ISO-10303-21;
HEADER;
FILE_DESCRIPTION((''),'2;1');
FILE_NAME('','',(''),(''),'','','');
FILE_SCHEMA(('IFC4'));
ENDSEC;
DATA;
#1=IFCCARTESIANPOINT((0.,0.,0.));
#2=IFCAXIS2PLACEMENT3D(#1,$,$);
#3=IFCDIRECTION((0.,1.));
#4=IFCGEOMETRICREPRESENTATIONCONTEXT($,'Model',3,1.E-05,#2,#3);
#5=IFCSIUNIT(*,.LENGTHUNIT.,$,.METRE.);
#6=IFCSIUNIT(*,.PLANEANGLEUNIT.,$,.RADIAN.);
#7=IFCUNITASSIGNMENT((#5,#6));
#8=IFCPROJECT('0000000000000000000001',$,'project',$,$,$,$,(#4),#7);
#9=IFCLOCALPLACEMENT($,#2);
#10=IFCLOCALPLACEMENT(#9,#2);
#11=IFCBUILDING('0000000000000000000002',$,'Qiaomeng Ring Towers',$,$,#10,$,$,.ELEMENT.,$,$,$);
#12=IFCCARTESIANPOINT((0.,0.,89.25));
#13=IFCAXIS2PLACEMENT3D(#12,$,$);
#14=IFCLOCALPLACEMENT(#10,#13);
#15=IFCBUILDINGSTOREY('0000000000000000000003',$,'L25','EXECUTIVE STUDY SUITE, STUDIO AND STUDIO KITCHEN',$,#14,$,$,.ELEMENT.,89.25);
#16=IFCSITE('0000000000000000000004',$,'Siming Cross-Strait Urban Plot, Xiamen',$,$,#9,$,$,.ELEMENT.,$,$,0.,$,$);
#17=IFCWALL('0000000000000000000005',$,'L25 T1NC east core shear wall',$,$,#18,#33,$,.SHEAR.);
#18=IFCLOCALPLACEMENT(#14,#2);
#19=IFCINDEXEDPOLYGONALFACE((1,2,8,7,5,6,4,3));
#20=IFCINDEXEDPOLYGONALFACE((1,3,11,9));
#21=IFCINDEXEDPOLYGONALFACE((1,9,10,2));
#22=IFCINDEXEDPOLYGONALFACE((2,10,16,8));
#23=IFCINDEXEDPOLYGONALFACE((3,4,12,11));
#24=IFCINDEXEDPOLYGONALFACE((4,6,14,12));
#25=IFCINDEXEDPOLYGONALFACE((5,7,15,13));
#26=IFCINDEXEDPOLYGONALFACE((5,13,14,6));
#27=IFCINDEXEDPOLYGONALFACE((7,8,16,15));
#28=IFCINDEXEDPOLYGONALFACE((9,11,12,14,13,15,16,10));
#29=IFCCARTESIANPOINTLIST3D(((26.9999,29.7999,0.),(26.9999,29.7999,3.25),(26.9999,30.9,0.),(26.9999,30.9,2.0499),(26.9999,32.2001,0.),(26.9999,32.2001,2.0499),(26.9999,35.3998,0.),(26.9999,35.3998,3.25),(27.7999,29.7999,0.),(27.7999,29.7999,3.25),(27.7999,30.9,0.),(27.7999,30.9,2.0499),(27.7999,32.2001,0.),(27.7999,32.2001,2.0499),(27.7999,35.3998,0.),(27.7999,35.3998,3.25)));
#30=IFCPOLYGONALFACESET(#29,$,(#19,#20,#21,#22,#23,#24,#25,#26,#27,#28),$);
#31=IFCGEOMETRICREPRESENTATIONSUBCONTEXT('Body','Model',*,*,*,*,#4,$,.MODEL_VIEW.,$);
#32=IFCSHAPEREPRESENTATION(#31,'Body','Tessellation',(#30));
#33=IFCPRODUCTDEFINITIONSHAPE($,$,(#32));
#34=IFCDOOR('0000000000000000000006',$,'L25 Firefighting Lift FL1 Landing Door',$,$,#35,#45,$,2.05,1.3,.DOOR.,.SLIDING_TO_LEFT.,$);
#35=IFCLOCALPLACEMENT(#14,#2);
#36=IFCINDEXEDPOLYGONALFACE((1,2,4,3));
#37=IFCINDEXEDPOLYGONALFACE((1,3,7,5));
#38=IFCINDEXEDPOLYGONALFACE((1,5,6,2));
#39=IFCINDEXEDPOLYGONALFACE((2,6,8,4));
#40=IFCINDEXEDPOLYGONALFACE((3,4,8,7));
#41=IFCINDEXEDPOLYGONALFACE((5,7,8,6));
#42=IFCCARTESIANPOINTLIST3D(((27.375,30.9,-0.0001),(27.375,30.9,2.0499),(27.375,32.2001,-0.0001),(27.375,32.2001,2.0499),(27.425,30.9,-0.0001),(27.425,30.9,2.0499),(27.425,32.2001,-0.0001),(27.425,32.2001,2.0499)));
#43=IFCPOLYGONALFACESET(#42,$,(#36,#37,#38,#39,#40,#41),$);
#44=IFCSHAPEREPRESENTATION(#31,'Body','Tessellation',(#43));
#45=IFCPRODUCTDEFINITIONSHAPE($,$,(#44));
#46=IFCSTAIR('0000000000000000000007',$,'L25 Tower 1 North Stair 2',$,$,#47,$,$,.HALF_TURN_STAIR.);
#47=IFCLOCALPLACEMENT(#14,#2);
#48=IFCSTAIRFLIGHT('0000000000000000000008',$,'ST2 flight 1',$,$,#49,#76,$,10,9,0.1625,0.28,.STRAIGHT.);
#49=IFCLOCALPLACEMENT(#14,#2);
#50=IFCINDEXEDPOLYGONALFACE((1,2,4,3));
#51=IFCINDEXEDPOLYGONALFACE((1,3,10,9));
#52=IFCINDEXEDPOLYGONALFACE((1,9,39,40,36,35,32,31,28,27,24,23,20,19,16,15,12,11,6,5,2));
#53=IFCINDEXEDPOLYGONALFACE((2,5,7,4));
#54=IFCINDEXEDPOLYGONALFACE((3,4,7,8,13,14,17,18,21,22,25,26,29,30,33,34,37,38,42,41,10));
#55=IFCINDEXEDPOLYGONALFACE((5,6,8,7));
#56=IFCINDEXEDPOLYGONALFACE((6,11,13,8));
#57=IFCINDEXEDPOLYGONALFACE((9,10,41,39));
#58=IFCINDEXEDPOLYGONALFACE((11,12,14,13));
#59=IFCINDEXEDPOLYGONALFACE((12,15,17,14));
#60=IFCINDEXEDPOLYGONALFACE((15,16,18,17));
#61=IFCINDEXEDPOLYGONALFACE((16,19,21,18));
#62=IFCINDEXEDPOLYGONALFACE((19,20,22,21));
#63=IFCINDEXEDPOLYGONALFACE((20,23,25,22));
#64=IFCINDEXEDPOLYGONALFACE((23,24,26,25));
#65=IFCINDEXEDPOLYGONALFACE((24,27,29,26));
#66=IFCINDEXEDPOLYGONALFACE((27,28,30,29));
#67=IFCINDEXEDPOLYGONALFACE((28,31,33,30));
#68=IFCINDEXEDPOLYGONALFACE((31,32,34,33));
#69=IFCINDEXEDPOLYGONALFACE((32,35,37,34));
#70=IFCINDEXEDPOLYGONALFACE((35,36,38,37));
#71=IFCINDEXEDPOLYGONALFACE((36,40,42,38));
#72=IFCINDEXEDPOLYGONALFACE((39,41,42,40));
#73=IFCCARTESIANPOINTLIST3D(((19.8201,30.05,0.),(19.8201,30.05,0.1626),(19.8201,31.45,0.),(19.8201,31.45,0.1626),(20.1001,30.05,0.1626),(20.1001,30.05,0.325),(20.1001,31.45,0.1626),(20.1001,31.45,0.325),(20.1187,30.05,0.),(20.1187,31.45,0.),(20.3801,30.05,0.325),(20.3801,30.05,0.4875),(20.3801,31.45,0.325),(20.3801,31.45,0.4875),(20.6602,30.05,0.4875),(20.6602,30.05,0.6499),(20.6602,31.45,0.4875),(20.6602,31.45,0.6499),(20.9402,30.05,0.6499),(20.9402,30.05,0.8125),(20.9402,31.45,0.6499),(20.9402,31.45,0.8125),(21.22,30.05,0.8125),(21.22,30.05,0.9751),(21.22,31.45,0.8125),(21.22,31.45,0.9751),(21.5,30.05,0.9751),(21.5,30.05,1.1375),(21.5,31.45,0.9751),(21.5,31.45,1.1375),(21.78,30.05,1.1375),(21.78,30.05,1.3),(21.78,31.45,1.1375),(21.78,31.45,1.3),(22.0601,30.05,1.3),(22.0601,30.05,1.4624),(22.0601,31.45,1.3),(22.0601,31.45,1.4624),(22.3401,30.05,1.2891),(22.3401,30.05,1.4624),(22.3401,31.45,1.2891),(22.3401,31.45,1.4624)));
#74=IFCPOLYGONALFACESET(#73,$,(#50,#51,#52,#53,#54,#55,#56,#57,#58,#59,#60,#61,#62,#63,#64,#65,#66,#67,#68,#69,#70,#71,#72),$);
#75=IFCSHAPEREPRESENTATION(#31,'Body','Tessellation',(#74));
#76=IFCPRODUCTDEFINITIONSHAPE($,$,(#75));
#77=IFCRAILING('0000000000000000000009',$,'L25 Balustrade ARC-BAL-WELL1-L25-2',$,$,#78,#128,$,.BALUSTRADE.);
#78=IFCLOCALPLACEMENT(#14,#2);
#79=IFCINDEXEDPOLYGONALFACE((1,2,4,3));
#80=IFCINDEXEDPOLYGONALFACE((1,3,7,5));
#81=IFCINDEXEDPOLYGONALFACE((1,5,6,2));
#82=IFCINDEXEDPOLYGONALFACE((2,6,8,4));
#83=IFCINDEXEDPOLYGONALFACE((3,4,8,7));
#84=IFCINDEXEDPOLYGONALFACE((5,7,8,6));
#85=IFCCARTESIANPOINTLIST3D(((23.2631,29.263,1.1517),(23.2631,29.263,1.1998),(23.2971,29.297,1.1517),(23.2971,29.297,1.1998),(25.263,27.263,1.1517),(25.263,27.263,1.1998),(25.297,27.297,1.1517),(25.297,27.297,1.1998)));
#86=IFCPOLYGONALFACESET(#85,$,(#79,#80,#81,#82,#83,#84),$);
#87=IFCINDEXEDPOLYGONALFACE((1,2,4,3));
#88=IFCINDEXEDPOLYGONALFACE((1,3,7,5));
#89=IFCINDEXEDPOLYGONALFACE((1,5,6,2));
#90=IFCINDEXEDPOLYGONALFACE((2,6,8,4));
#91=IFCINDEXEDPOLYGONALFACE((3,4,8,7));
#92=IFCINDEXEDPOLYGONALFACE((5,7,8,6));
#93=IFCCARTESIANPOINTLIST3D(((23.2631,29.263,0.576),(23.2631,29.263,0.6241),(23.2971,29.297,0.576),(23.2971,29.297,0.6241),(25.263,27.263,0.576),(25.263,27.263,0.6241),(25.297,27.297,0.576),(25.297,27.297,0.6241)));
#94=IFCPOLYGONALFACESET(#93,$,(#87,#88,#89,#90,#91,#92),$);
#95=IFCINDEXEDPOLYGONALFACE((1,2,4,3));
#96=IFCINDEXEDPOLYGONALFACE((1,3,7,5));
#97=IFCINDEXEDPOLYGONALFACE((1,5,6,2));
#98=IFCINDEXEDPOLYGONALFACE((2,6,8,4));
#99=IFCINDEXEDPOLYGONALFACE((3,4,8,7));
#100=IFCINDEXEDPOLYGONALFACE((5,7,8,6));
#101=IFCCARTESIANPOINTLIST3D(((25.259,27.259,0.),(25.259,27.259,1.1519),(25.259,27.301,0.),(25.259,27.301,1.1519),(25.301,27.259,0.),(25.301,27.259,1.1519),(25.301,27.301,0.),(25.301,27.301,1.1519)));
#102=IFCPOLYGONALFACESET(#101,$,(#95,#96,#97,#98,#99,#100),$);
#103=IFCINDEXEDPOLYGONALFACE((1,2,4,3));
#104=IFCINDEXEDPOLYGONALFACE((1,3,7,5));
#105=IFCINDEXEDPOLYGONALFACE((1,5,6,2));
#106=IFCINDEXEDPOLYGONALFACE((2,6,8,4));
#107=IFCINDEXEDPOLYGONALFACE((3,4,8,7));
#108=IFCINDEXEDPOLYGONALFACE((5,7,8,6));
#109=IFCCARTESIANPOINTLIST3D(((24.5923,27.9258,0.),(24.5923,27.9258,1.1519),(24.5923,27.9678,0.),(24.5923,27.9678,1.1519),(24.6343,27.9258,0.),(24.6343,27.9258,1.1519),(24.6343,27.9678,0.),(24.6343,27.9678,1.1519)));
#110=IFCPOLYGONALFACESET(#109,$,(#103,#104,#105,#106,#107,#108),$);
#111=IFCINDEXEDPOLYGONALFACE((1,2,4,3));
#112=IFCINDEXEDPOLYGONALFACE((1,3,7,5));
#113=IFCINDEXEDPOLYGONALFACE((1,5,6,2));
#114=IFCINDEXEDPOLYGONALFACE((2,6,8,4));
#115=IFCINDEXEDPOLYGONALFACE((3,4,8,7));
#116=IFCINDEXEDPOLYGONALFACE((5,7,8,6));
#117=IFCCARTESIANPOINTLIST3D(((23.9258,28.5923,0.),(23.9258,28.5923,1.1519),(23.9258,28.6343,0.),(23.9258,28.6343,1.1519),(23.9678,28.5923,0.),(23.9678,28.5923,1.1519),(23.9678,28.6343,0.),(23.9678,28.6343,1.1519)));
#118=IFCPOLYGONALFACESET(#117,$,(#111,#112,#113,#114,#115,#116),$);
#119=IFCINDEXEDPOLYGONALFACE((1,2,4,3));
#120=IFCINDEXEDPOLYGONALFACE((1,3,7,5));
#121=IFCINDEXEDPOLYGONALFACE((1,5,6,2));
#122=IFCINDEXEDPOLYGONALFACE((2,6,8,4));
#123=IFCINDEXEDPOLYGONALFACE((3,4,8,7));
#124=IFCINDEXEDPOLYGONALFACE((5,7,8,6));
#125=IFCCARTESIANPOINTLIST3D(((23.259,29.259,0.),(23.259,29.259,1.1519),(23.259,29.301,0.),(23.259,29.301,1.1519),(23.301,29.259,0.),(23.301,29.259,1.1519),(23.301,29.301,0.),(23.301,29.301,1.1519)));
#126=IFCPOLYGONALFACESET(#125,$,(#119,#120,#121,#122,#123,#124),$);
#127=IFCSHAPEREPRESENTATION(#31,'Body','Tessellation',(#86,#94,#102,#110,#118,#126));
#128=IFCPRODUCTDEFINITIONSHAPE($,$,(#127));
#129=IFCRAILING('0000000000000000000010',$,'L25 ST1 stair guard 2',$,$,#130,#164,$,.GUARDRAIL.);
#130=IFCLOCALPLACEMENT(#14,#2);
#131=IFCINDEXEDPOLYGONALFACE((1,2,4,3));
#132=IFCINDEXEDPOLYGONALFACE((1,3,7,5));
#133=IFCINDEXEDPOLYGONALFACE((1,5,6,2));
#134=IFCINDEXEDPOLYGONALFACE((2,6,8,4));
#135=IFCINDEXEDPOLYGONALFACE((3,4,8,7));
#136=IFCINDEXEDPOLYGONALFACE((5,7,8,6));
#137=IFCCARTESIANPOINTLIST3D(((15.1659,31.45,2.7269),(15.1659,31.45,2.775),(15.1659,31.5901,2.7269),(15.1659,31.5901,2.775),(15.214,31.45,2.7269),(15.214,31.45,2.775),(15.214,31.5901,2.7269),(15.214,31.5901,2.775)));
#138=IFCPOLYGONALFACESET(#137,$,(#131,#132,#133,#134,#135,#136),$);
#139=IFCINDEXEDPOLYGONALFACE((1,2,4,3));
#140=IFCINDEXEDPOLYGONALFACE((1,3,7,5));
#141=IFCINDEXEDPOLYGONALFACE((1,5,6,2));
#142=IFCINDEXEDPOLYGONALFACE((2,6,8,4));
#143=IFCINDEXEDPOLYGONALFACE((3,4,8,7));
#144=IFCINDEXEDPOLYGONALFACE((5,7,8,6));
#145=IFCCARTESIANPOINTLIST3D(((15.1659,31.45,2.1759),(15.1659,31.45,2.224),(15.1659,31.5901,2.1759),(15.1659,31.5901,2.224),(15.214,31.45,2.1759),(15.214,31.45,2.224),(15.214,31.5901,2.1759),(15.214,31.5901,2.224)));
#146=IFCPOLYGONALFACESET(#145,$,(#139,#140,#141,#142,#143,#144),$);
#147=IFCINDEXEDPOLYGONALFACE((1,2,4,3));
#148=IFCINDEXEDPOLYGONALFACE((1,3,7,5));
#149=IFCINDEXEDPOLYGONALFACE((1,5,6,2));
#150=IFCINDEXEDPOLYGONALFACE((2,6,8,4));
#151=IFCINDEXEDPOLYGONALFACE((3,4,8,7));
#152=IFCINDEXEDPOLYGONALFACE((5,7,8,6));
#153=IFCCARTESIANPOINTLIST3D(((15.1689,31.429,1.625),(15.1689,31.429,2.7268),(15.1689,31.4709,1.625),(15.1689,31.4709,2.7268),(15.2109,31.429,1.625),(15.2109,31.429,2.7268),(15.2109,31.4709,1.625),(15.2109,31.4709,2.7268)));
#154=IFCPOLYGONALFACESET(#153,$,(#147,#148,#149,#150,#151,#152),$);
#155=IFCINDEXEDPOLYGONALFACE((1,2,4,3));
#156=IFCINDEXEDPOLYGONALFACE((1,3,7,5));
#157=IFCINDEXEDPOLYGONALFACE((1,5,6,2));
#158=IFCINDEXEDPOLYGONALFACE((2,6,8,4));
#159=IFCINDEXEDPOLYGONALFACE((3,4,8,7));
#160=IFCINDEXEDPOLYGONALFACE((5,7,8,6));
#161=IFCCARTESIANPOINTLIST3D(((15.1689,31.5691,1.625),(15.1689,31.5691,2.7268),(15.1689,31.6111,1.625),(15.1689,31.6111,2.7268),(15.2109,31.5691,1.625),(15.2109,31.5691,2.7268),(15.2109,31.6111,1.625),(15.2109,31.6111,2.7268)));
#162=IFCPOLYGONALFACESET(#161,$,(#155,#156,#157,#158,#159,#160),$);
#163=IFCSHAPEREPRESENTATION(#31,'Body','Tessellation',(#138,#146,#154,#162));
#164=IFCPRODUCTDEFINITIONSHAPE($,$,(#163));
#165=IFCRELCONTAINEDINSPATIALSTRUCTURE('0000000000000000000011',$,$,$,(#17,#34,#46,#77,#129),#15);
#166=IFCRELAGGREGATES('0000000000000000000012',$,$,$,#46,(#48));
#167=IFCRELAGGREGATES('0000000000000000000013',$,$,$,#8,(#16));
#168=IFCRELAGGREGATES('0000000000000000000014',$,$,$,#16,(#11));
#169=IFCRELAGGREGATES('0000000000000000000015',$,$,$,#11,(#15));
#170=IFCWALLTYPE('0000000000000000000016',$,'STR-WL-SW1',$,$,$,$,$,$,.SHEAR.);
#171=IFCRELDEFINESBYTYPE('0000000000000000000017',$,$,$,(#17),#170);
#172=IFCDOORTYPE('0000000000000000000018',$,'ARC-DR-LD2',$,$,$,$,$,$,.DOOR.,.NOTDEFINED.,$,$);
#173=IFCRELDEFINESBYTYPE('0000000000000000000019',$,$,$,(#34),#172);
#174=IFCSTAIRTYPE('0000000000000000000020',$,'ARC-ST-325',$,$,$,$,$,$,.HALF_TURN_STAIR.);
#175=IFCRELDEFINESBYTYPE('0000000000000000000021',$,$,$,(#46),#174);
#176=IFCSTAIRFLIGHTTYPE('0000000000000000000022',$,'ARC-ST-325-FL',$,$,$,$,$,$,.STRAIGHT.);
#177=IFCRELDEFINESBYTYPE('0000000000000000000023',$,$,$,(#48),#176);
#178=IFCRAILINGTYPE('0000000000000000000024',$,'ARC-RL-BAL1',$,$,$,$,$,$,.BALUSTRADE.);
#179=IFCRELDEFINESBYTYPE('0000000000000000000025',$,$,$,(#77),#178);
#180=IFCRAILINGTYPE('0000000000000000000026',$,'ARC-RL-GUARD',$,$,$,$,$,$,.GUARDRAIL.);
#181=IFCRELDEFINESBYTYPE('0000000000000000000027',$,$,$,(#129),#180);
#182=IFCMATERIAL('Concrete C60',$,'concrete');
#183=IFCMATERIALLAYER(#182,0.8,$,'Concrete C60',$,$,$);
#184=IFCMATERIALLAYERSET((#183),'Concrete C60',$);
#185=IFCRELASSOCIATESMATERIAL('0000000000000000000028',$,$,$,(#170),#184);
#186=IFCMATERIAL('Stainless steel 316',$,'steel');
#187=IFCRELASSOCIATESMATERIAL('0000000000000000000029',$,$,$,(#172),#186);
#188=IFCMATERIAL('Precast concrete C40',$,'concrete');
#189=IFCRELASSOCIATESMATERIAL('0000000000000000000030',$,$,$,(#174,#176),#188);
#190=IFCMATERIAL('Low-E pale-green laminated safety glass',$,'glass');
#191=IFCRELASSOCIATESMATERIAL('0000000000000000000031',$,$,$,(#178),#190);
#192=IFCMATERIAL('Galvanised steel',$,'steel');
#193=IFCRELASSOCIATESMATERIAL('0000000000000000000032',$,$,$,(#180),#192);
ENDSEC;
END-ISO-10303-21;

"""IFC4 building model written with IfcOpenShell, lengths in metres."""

from ifc_helpers import new_model, si_unit, direction, frame, frame_2d, origin, origin_2d, place, context, subcontext, project, spatial, polyline, rectangle, outline, extrude, source, transform, mapped, material, layer, layer_set, type_object, element, fill, aggregate, save


model = new_model("IFC4")

# Units and contexts
model_context = context("Model", 3, precision=1e-05, world=origin(), true_north=direction((0.0, 1.0)))
body_context = subcontext(model_context, "Body", "Model", "MODEL_VIEW")
ifc_project = project(units=[si_unit("LENGTHUNIT", "METRE"), si_unit("PLANEANGLEUNIT", "RADIAN")], contexts=[model_context])

# Site, building, storey
site_placement = place(None, origin())
site = spatial("IfcSite", under=ifc_project, at=site_placement, Name="Siming Cross-Strait Urban Plot, Xiamen", CompositionType="ELEMENT", RefElevation=0.0)
building_placement = place(site_placement, origin())
building = spatial("IfcBuilding", under=site, at=building_placement, Name="Qiaomeng Ring Towers", CompositionType="ELEMENT")
storey_placement = place(building_placement, frame((0.0, 0.0, 89.25)))
storey = spatial("IfcBuildingStorey", under=building, at=storey_placement, Name="L25", Description="EXECUTIVE STUDY SUITE, STUDIO AND STUDIO KITCHEN", CompositionType="ELEMENT", Elevation=89.25)

# Shared definitions
ifc_material_1 = material(Name="Galvanised steel", Category="steel")

# Wall, opening, door
ifc_material_2 = material(Name="Concrete C60", Category="concrete")
ifc_layer_1 = layer(ifc_material_2, 0.8, Name="Concrete C60")
ifc_layer_set_1 = layer_set([ifc_layer_1], Name="Concrete C60")
wall_type_1 = type_object("IfcWallType", Name="STR-WL-SW1", PredefinedType="SHEAR", material=ifc_layer_set_1)
wall_1_placement = place(storey_placement, frame((27.3999, 29.8, 0.0), z_axis=(0.0, 0.0, 1.0), x_axis=(0.0, 1.0, 0.0)))
wall_1 = element("IfcWall", 1, at=wall_1_placement, inside=storey, type_object=wall_type_1, Name="L25 T1NC east core shear wall", PredefinedType="SHEAR", context=body_context, shape_type="SweptSolid", body=[
    extrude(rectangle(XDim=5.5999, YDim=0.8, at=frame_2d((2.7998, 0.0))), origin(), (0.0, 0.0, 1.0), 3.25),
])
opening_1_placement = place(wall_1_placement, frame((1.1001, 0.0, 0.0)))
opening_1 = element("IfcOpeningElement", 2, at=opening_1_placement, cuts=wall_1, PredefinedType="OPENING", context=body_context, shape_type="SweptSolid", body=[
    extrude(rectangle(XDim=1.3, YDim=2.05, at=frame_2d((0.6499, 1.0249))), frame((0.0, 0.4099, 0.0), z_axis=(0.0, -1.0, 0.0), x_axis=(1.0, 0.0, 0.0)), (0.0, 0.0, 1.0), 0.8201),
])
ifc_material_3 = material(Name="Stainless steel 316", Category="steel")
door_type_1 = type_object("IfcDoorType", Name="ARC-DR-LD2", OperationType="NOTDEFINED", PredefinedType="DOOR", material=ifc_material_3)
shared_shape_1 = source(origin(), body_context, "Body", "SweptSolid", [
    extrude(rectangle(XDim=1.3, YDim=2.05, at=frame_2d((0.6499, 1.0249))), frame((0.0, 0.0249, 0.0), z_axis=(0.0, -1.0, 0.0), x_axis=(1.0, 0.0, 0.0)), (0.0, 0.0, 1.0), 0.05),
])
door_1_placement = place(opening_1_placement, origin())
door_1 = element("IfcDoor", 3, at=door_1_placement, inside=storey, type_object=door_type_1, Name="L25 Firefighting Lift FL1 Landing Door", OperationType="SLIDING_TO_LEFT", OverallHeight=2.05, OverallWidth=1.3, PredefinedType="DOOR", context=body_context, shape_type="MappedRepresentation", body=[
    mapped(shared_shape_1, transform((0.0, 0.0, 0.0), x_axis=(1.0, 0.0, 0.0), y_axis=(0.0, 1.0, 0.0), z_axis=(0.0, 0.0, 1.0), scale=1.0)),
])
fill(opening_1, door_1)

# Stair, stair flight
ifc_material_4 = material(Name="Precast concrete C40", Category="concrete")
stair_type = type_object("IfcStairType", Name="ARC-ST-325", PredefinedType="HALF_TURN_STAIR", material=ifc_material_4)
stair_placement = place(storey_placement, origin())
stair = element("IfcStair", 4, at=stair_placement, inside=storey, type_object=stair_type, Name="L25 Tower 1 North Stair 2", PredefinedType="HALF_TURN_STAIR")
stair_flight_type = type_object("IfcStairFlightType", Name="ARC-ST-325-FL", PredefinedType="STRAIGHT", material=ifc_material_4)
shared_shape_2 = source(origin(), body_context, "Body", "SweptSolid", [
    extrude(outline(polyline([(0.0, 0.0), (0.0, 0.1626), (0.28, 0.1626), (0.28, 0.325), (0.5601, 0.325), (0.5601, 0.4875), (0.8401, 0.4875), (0.8401, 0.6499), (1.1201, 0.6499), (1.1201, 0.8125), (1.3999, 0.8125), (1.3999, 0.9751), (1.6799, 0.9751), (1.6799, 1.1375), (1.96, 1.1375), (1.96, 1.3), (2.24, 1.3), (2.24, 1.4624), (2.52, 1.4624), (2.52, 1.625), (2.52, 1.2891), (0.2986, 0.0), (0.0, 0.0)])), frame((0.0, 0.7, 0.0), z_axis=(0.0, -1.0, 0.0), x_axis=(1.0, 0.0, 0.0)), (0.0, 0.0, 1.0), 1.3999),
])
stair_flight_placement = place(storey_placement, frame((19.8201, 30.75, 0.0), z_axis=(0.0, 0.0, 1.0), x_axis=(1.0, 0.0, 0.0)))
stair_flight = element("IfcStairFlight", 5, at=stair_flight_placement, type_object=stair_flight_type, Name="ST2 flight 1", NumberOfRisers=10, NumberOfTreads=9, PredefinedType="STRAIGHT", RiserHeight=0.1625, TreadLength=0.28, context=body_context, shape_type="MappedRepresentation", body=[
    mapped(shared_shape_2, transform((0.0, 0.0, 0.0), x_axis=(1.0, 0.0, 0.0), y_axis=(0.0, 1.0, 0.0), z_axis=(0.0, 0.0, 1.0), scale=1.0)),
])
aggregate(stair, [stair_flight])

# Railings
ifc_material_5 = material(Name="Low-E pale-green laminated safety glass", Category="glass")
railing_type_1 = type_object("IfcRailingType", Name="ARC-RL-BAL1", PredefinedType="BALUSTRADE", material=ifc_material_5)
railing_1_placement = place(storey_placement, frame((25.28, 27.28, 0.0)))
element("IfcRailing", 6, at=railing_1_placement, inside=storey, type_object=railing_type_1, Name="L25 Balustrade ARC-BAL-WELL1-L25-2", PredefinedType="BALUSTRADE", context=body_context, shape_type="SweptSolid", body=[
    extrude(rectangle(XDim=0.0481, YDim=0.0481, at=origin_2d()), frame((0.0, 0.0, 1.1758), z_axis=(-0.707107, 0.707107, 0.0), x_axis=(-0.707107, -0.707107, 0.0)), (0.0, 0.0, 1.0), 2.8284),
    extrude(rectangle(XDim=0.0481, YDim=0.0481, at=origin_2d()), frame((0.0, 0.0, 0.6001), z_axis=(-0.707107, 0.707107, 0.0), x_axis=(-0.707107, -0.707107, 0.0)), (0.0, 0.0, 1.0), 2.8284),
    extrude(rectangle(XDim=0.042, YDim=0.042, at=origin_2d()), origin(), (0.0, 0.0, 1.0), 1.1519),
    extrude(rectangle(XDim=0.042, YDim=0.042, at=origin_2d()), frame((-0.6667, 0.6667, 0.0)), (0.0, 0.0, 1.0), 1.1519),
    extrude(rectangle(XDim=0.042, YDim=0.042, at=origin_2d()), frame((-1.3333, 1.3333, 0.0)), (0.0, 0.0, 1.0), 1.1519),
    extrude(rectangle(XDim=0.042, YDim=0.042, at=origin_2d()), frame((-2.0, 2.0, 0.0)), (0.0, 0.0, 1.0), 1.1519),
])
railing_type_2 = type_object("IfcRailingType", Name="ARC-RL-GUARD", PredefinedType="GUARDRAIL", material=ifc_material_1)
railing_2_placement = place(storey_placement, frame((15.1899, 31.45, 1.625)))
element("IfcRailing", 7, at=railing_2_placement, inside=storey, type_object=railing_type_2, Name="L25 ST1 stair guard 2", PredefinedType="GUARDRAIL", context=body_context, shape_type="SweptSolid", body=[
    extrude(rectangle(XDim=0.0481, YDim=0.0481, at=origin_2d()), frame((0.0, 0.0, 1.126), z_axis=(0.0, 1.0, 0.0), x_axis=(-1.0, 0.0, 0.0)), (0.0, 0.0, 1.0), 0.1401),
    extrude(rectangle(XDim=0.0481, YDim=0.0481, at=origin_2d()), frame((0.0, 0.0, 0.575), z_axis=(0.0, 1.0, 0.0), x_axis=(-1.0, 0.0, 0.0)), (0.0, 0.0, 1.0), 0.1401),
    extrude(rectangle(XDim=0.042, YDim=0.042, at=origin_2d()), origin(), (0.0, 0.0, 1.0), 1.1018),
    extrude(rectangle(XDim=0.042, YDim=0.042, at=origin_2d()), frame((0.0, 0.1401, 0.0)), (0.0, 0.0, 1.0), 1.1018),
])

save(model, "model.ifc")
